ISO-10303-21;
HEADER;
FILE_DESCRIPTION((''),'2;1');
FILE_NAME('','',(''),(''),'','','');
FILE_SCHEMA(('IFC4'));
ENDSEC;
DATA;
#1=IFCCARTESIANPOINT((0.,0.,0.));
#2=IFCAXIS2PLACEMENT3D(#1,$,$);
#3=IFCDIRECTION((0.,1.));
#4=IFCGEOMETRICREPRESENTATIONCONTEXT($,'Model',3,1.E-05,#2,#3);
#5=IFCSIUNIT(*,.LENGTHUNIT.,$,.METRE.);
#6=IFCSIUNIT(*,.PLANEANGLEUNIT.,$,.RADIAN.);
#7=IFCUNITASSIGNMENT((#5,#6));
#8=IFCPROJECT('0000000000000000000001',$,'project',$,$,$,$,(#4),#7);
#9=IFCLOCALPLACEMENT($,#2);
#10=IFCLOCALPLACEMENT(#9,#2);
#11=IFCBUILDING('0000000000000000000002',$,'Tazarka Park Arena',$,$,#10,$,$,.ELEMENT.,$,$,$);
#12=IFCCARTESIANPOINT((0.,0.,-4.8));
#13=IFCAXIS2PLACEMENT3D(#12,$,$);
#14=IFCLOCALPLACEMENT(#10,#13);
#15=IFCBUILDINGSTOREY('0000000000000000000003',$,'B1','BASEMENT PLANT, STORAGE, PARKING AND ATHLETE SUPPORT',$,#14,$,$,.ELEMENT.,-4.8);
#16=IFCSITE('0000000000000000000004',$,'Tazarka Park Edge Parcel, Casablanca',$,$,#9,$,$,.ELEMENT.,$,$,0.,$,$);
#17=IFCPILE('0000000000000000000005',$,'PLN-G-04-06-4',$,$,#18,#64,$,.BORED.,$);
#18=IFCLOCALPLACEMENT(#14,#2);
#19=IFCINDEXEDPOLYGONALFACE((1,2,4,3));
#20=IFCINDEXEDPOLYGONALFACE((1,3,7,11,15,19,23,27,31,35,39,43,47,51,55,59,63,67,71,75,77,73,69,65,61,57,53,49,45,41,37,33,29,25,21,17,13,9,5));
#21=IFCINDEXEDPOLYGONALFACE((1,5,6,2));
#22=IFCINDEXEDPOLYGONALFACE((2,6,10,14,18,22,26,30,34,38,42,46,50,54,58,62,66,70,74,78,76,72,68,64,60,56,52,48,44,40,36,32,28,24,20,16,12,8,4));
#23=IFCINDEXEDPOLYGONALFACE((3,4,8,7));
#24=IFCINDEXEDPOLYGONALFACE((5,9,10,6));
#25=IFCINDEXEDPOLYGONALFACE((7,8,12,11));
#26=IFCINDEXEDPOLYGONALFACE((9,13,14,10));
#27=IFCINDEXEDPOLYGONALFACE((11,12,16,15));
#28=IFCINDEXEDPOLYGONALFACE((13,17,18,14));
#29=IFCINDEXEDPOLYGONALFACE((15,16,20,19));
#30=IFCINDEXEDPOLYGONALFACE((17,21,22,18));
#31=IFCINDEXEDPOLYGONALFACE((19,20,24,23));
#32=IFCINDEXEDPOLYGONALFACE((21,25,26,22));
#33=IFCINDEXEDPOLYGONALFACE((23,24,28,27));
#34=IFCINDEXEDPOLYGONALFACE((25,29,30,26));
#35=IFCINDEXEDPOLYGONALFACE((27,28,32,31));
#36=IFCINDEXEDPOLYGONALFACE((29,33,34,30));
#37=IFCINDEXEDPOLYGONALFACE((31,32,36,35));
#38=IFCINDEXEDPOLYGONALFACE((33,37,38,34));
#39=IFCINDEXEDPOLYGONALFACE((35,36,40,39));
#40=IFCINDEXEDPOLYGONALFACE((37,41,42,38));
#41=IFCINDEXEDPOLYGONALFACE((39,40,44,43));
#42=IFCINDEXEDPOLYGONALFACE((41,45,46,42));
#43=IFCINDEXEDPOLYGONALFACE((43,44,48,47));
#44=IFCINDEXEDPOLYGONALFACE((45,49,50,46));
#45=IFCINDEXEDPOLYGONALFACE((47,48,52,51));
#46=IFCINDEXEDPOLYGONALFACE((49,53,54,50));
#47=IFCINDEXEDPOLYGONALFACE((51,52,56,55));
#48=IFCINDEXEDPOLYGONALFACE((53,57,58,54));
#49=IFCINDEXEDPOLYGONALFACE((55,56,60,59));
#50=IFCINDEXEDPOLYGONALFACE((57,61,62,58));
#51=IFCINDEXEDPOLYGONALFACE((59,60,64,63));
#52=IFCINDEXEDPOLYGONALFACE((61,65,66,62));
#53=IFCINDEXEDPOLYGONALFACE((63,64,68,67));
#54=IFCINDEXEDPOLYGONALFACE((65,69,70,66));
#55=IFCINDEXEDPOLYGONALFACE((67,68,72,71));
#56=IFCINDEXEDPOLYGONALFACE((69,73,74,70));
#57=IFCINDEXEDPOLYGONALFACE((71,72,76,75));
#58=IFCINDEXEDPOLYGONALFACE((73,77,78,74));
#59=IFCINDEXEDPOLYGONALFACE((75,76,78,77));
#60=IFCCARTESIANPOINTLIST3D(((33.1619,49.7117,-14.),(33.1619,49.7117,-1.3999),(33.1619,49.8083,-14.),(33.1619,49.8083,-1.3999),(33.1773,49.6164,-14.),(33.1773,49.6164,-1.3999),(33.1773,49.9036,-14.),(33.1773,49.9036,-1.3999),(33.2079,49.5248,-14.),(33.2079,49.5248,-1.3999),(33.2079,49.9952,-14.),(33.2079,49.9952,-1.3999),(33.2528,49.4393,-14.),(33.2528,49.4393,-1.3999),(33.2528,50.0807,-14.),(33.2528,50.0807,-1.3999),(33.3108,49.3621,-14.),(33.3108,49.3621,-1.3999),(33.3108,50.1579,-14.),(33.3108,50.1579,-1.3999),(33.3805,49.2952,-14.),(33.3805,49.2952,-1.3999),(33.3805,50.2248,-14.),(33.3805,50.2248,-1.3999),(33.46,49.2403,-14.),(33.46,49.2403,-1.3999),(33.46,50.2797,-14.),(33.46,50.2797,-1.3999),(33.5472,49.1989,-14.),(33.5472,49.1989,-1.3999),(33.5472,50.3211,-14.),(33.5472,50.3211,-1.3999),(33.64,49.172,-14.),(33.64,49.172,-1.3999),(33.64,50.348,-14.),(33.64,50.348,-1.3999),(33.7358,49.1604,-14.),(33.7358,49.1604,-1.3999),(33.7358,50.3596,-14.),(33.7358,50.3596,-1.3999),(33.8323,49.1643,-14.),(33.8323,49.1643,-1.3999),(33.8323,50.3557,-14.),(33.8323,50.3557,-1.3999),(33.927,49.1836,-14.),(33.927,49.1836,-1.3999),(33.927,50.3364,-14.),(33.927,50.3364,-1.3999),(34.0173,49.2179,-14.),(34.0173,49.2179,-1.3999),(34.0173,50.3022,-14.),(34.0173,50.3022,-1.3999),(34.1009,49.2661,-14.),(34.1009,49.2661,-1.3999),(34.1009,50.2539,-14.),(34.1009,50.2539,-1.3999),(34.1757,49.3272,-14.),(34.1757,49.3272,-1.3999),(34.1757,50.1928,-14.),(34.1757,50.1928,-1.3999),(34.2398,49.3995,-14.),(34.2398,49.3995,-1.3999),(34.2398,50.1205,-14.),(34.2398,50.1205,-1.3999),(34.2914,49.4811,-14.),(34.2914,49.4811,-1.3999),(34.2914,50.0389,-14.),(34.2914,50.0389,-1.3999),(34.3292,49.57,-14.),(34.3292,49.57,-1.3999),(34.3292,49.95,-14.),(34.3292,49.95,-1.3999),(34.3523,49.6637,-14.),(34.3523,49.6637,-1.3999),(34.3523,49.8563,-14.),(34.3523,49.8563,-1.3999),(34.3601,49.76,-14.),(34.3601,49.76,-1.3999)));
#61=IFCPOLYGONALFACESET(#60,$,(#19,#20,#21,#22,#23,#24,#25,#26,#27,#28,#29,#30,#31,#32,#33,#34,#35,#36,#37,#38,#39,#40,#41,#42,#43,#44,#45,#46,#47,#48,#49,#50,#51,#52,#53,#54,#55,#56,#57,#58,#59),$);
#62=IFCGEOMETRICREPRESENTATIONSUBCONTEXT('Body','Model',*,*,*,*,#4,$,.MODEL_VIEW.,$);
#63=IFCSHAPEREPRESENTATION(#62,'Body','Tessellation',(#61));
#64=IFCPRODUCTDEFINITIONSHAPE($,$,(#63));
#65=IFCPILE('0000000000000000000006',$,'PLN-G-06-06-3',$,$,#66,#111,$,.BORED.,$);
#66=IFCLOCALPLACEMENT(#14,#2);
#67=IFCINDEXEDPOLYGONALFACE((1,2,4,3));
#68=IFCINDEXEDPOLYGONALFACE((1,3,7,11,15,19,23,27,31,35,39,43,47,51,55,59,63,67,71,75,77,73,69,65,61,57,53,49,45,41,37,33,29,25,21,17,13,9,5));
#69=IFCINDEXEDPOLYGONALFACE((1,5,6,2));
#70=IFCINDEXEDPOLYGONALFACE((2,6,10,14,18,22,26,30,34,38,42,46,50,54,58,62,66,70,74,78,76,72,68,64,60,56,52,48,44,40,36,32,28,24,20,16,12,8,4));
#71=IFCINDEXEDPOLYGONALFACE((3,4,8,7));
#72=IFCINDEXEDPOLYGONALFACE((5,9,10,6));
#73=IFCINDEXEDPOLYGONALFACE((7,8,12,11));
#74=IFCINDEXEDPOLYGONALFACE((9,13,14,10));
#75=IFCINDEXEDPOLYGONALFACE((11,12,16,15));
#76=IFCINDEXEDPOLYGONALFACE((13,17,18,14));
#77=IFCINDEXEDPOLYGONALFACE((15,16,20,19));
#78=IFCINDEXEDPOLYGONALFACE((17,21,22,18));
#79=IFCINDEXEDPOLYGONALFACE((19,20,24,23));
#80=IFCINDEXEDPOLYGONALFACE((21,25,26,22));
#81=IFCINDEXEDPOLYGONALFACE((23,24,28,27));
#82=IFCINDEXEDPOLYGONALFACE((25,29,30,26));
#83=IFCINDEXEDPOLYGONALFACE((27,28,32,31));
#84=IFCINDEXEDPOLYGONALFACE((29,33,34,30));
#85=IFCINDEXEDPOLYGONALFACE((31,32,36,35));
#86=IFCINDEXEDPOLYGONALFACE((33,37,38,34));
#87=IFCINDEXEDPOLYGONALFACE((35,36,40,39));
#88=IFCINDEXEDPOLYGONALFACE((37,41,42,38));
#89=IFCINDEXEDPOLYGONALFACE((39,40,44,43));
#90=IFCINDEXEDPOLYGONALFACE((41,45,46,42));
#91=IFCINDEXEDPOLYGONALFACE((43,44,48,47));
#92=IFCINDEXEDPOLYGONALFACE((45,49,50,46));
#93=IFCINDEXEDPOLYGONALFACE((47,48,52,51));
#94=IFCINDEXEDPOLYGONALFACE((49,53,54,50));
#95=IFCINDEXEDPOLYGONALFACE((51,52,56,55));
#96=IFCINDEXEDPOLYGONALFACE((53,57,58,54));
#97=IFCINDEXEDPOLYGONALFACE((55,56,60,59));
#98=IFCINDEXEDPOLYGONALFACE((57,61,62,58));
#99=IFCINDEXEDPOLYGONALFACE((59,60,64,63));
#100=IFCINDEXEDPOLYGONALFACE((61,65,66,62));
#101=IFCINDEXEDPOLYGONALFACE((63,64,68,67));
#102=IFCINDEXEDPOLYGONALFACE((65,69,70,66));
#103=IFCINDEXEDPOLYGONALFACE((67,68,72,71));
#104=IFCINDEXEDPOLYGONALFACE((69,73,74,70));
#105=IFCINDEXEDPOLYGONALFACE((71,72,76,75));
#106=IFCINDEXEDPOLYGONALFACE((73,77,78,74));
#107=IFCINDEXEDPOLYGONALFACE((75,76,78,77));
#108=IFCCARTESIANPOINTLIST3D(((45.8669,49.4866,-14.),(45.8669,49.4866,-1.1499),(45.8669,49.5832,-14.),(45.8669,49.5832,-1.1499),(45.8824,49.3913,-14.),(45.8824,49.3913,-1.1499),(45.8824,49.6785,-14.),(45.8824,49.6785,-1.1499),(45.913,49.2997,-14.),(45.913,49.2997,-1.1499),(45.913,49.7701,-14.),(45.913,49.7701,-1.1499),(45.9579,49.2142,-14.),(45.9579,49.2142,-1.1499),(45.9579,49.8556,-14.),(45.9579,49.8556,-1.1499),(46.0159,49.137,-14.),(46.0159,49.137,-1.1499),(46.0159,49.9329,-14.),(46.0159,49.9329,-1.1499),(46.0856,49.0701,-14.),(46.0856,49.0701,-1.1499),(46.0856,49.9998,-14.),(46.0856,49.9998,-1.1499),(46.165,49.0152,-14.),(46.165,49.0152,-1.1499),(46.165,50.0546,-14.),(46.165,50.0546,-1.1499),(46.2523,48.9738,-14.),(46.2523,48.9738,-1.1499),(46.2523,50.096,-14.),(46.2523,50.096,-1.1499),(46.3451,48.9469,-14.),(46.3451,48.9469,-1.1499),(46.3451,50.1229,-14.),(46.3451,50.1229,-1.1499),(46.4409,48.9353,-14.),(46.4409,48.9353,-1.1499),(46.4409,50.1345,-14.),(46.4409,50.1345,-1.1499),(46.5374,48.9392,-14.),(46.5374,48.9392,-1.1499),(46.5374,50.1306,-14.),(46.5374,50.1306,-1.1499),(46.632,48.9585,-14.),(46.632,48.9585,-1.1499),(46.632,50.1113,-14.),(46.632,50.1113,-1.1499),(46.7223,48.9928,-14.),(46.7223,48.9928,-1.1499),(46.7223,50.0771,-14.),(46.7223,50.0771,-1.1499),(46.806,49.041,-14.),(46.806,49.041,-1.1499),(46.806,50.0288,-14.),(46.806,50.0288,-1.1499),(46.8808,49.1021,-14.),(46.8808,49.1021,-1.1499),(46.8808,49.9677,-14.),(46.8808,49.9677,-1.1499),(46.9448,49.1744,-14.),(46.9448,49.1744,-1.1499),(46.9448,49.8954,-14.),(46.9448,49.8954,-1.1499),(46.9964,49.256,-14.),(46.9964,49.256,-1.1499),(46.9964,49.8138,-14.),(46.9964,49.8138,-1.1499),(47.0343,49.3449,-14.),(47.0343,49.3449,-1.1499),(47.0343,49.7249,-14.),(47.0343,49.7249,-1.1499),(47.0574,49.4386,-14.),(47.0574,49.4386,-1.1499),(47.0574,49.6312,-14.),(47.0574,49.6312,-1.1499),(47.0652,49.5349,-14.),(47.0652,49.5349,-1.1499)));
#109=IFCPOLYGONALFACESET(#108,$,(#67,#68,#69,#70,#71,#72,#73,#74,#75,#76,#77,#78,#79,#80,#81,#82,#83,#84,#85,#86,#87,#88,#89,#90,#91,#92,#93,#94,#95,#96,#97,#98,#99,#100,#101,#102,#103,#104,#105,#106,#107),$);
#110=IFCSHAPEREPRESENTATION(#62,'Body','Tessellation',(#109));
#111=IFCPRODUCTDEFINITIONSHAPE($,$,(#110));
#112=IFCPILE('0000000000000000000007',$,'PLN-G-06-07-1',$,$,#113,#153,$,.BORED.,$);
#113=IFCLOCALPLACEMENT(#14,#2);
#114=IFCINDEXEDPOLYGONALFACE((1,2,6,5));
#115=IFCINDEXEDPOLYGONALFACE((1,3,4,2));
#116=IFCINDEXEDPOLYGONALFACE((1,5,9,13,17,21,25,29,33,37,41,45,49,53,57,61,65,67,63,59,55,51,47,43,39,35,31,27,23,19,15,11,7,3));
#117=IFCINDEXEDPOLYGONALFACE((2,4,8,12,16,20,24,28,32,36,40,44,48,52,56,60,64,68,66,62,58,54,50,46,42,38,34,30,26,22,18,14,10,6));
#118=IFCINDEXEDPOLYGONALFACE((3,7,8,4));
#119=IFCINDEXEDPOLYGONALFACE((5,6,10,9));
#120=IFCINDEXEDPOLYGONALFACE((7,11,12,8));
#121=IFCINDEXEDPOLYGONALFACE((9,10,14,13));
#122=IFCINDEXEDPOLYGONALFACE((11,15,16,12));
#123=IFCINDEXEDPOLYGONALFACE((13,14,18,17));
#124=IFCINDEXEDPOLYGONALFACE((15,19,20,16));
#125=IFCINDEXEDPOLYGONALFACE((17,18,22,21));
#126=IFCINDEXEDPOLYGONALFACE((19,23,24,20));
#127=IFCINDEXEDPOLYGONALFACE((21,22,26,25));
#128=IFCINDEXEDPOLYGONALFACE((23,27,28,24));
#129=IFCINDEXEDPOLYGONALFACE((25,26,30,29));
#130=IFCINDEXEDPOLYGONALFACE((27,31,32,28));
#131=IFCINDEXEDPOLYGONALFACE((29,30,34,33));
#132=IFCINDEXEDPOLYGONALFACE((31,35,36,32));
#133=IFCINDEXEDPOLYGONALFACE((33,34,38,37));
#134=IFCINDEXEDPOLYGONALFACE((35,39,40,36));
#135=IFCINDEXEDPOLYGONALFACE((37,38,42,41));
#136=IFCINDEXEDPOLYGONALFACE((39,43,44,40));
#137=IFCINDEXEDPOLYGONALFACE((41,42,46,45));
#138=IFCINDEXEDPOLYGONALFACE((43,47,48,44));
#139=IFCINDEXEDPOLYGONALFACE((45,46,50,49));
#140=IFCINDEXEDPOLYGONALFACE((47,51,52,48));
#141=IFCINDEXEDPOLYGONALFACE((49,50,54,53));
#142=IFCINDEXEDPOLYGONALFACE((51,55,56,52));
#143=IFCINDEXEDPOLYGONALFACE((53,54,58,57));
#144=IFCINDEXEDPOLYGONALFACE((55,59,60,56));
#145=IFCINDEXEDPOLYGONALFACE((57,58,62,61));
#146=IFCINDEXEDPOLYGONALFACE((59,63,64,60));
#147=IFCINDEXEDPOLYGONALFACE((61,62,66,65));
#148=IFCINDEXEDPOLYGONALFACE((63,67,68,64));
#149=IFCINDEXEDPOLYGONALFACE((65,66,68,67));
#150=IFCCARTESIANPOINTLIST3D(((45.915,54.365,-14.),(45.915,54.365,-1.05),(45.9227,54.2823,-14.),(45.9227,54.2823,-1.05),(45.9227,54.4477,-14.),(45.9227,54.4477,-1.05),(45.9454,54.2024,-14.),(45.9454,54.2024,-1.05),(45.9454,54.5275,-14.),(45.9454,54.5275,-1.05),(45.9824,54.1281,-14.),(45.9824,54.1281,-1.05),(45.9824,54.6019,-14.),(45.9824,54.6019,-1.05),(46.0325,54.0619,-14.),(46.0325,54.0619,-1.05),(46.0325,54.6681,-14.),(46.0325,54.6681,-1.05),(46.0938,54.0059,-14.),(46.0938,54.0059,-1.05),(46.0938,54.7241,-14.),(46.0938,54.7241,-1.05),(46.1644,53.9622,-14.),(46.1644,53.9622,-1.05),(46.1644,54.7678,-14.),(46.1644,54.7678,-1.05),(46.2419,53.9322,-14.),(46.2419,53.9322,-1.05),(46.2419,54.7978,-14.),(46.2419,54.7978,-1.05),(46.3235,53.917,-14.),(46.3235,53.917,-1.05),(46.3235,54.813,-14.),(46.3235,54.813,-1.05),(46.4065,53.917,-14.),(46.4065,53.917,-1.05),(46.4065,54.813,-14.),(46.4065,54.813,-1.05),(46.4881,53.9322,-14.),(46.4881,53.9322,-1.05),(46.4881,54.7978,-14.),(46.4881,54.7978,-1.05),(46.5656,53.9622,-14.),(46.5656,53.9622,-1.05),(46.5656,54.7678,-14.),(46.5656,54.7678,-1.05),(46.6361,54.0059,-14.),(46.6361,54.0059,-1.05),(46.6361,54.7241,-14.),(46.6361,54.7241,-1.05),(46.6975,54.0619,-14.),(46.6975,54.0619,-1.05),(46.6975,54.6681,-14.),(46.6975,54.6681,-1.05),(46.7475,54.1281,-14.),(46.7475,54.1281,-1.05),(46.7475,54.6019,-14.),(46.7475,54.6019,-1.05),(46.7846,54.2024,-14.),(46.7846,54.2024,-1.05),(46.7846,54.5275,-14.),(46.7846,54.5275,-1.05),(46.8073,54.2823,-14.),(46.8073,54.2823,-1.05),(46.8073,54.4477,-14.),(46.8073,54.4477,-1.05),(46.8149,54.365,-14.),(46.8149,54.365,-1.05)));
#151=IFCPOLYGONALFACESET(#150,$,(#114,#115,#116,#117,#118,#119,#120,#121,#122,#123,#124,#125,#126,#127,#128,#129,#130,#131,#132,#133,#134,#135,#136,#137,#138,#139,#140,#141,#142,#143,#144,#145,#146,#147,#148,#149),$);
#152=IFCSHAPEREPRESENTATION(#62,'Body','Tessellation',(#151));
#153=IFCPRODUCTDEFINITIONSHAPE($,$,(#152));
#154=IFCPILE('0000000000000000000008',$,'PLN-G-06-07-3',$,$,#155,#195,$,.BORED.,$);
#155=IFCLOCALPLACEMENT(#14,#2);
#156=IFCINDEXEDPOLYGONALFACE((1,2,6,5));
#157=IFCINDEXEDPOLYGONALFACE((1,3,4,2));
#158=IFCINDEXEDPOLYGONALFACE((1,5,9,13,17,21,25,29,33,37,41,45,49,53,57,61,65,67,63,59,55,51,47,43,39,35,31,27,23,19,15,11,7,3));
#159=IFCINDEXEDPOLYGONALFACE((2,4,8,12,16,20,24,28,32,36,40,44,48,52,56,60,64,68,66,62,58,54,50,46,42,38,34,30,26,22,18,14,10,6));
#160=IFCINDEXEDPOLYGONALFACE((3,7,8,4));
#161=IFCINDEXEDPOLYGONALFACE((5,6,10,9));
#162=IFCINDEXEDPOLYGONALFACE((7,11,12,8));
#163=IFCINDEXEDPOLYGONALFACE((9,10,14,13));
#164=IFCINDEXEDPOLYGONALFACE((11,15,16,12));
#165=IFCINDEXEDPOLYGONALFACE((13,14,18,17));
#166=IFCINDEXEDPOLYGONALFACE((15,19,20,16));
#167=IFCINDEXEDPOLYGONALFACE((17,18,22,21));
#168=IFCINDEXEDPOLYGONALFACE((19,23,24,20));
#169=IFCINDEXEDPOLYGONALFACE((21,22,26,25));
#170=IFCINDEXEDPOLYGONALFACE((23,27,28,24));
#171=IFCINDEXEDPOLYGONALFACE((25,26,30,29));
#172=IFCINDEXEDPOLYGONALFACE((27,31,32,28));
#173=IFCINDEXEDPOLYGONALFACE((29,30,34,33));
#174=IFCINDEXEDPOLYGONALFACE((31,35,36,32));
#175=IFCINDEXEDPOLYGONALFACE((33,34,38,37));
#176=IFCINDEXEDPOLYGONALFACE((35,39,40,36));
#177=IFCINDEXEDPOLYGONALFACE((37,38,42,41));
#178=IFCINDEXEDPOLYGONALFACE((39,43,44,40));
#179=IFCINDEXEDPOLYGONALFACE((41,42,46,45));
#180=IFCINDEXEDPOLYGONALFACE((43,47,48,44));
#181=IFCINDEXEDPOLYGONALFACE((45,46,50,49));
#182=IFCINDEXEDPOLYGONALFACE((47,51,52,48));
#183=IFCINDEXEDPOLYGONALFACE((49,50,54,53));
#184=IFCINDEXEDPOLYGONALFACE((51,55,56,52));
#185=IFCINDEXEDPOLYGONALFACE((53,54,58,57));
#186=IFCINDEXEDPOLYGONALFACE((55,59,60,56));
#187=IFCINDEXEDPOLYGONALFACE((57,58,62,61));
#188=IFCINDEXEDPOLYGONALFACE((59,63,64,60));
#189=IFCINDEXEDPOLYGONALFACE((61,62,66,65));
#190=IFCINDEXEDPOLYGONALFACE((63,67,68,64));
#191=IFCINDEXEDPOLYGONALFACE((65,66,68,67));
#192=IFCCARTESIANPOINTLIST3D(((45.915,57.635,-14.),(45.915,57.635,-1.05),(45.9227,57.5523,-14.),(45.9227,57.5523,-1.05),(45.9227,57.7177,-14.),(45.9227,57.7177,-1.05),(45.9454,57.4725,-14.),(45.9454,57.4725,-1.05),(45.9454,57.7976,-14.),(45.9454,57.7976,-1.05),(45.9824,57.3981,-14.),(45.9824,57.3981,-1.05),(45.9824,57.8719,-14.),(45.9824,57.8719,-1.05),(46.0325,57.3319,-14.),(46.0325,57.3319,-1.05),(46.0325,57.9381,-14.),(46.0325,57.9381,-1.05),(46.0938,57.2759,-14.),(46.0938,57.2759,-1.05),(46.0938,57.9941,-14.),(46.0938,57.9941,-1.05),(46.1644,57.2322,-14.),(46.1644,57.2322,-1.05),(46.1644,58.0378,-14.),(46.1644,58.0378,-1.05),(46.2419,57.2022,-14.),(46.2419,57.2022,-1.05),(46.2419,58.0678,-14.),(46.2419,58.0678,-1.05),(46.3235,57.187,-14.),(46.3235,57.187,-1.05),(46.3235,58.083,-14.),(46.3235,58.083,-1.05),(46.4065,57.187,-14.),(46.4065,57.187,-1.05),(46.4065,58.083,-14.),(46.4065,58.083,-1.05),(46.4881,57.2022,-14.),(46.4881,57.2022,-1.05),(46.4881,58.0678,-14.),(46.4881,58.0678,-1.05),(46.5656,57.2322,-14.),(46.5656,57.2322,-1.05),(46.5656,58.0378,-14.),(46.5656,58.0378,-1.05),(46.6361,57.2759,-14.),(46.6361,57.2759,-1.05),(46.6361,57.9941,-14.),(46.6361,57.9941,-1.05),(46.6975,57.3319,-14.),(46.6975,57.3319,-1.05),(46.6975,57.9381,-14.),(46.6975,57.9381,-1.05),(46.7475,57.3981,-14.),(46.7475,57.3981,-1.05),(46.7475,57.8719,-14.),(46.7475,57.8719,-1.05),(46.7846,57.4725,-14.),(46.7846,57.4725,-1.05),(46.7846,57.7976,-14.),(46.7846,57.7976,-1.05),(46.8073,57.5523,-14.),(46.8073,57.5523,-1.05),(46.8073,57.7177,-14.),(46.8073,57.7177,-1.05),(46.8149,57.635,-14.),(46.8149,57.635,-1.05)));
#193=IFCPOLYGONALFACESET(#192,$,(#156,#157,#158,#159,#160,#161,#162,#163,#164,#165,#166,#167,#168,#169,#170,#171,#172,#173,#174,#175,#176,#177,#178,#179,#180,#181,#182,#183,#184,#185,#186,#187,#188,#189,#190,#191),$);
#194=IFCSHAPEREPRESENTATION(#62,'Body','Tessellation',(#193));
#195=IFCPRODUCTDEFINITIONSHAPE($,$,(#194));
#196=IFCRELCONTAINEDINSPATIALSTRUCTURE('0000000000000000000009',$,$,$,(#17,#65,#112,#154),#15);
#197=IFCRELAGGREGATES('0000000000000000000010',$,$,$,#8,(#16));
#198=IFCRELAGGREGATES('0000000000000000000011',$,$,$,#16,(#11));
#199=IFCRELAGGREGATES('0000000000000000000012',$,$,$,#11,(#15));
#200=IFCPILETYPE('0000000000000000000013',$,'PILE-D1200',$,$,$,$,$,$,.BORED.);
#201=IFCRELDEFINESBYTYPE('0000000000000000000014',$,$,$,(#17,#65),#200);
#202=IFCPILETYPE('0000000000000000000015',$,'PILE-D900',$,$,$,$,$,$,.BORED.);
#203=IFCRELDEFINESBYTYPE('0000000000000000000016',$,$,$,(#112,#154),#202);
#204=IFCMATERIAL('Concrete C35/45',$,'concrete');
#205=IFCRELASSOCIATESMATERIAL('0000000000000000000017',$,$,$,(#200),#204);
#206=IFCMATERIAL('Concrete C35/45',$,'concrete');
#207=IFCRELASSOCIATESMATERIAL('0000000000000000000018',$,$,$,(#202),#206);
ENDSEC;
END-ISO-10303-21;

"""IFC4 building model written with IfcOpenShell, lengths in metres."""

from ifc_helpers import new_model, si_unit, direction, frame, origin, origin_2d, place, context, subcontext, project, spatial, circle, extrude, material, material_profile, profile_set, type_object, element, save


model = new_model("IFC4")

# Units and contexts
model_context = context("Model", 3, precision=1e-05, world=origin(), true_north=direction((0.0, 1.0)))
body_context = subcontext(model_context, "Body", "Model", "MODEL_VIEW")
ifc_project = project(units=[si_unit("LENGTHUNIT", "METRE"), si_unit("PLANEANGLEUNIT", "RADIAN")], contexts=[model_context])

# Site, building, storey
site_placement = place(None, origin())
site = spatial("IfcSite", under=ifc_project, at=site_placement, Name="Tazarka Park Edge Parcel, Casablanca", CompositionType="ELEMENT", RefElevation=0.0)
building_placement = place(site_placement, origin())
building = spatial("IfcBuilding", under=site, at=building_placement, Name="Tazarka Park Arena", CompositionType="ELEMENT")
storey_placement = place(building_placement, frame((0.0, 0.0, -4.8)))
storey = spatial("IfcBuildingStorey", under=building, at=storey_placement, Name="B1", Description="BASEMENT PLANT, STORAGE, PARKING AND ATHLETE SUPPORT", CompositionType="ELEMENT", Elevation=-4.8)

# Piles
ifc_material_1 = material(Name="Concrete C35/45", Category="concrete")
ifc_material_profile_1 = material_profile(ifc_material_1, circle(Radius=0.6001, at=origin_2d()), Name="Concrete C35/45")
ifc_profile_set_1 = profile_set([ifc_material_profile_1], Name="Concrete C35/45")
pile_type_1 = type_object("IfcPileType", Name="PILE-D1200", PredefinedType="BORED", material=ifc_profile_set_1)
pile_1_placement = place(storey_placement, frame((33.76, 49.76, -1.3999), z_axis=(0.0, 0.0, -1.0), x_axis=(1.0, 0.0, 0.0)))
element("IfcPile", 1, at=pile_1_placement, inside=storey, type_object=pile_type_1, Name="PLN-G-04-06-4", PredefinedType="BORED", context=body_context, shape_type="SweptSolid", body=[
    extrude(circle(Radius=0.6001, at=origin_2d()), origin(), (0.0, 0.0, 1.0), 12.6001),
])
pile_2_placement = place(storey_placement, frame((46.4651, 49.5349, -1.1499), z_axis=(0.0, 0.0, -1.0), x_axis=(1.0, 0.0, 0.0)))
element("IfcPile", 2, at=pile_2_placement, inside=storey, type_object=pile_type_1, Name="PLN-G-06-06-3", PredefinedType="BORED", context=body_context, shape_type="SweptSolid", body=[
    extrude(circle(Radius=0.6001, at=origin_2d()), origin(), (0.0, 0.0, 1.0), 12.8501),
])
ifc_material_2 = material(Name="Concrete C35/45", Category="concrete")
ifc_material_profile_2 = material_profile(ifc_material_2, circle(Radius=0.45, at=origin_2d()), Name="Concrete C35/45")
ifc_profile_set_2 = profile_set([ifc_material_profile_2], Name="Concrete C35/45")
pile_type_2 = type_object("IfcPileType", Name="PILE-D900", PredefinedType="BORED", material=ifc_profile_set_2)
for number, where, z_axis, x_axis, name in (
    (3, (46.365, 54.365, -1.05), (0.0, 0.0, -1.0), (1.0, 0.0, 0.0), "PLN-G-06-07-1"),
    (4, (46.365, 57.635, -1.05), (0.0, 0.0, -1.0), (1.0, 0.0, 0.0), "PLN-G-06-07-3"),
):
    element("IfcPile", number, at=place(storey_placement, frame(where, z_axis=z_axis, x_axis=x_axis)), inside=storey, type_object=pile_type_2, Name=name, PredefinedType="BORED", context=body_context, shape_type="SweptSolid", body=[
        extrude(circle(Radius=0.45, at=origin_2d()), origin(), (0.0, 0.0, 1.0), 12.95),
    ])

save(model, "model.ifc")
